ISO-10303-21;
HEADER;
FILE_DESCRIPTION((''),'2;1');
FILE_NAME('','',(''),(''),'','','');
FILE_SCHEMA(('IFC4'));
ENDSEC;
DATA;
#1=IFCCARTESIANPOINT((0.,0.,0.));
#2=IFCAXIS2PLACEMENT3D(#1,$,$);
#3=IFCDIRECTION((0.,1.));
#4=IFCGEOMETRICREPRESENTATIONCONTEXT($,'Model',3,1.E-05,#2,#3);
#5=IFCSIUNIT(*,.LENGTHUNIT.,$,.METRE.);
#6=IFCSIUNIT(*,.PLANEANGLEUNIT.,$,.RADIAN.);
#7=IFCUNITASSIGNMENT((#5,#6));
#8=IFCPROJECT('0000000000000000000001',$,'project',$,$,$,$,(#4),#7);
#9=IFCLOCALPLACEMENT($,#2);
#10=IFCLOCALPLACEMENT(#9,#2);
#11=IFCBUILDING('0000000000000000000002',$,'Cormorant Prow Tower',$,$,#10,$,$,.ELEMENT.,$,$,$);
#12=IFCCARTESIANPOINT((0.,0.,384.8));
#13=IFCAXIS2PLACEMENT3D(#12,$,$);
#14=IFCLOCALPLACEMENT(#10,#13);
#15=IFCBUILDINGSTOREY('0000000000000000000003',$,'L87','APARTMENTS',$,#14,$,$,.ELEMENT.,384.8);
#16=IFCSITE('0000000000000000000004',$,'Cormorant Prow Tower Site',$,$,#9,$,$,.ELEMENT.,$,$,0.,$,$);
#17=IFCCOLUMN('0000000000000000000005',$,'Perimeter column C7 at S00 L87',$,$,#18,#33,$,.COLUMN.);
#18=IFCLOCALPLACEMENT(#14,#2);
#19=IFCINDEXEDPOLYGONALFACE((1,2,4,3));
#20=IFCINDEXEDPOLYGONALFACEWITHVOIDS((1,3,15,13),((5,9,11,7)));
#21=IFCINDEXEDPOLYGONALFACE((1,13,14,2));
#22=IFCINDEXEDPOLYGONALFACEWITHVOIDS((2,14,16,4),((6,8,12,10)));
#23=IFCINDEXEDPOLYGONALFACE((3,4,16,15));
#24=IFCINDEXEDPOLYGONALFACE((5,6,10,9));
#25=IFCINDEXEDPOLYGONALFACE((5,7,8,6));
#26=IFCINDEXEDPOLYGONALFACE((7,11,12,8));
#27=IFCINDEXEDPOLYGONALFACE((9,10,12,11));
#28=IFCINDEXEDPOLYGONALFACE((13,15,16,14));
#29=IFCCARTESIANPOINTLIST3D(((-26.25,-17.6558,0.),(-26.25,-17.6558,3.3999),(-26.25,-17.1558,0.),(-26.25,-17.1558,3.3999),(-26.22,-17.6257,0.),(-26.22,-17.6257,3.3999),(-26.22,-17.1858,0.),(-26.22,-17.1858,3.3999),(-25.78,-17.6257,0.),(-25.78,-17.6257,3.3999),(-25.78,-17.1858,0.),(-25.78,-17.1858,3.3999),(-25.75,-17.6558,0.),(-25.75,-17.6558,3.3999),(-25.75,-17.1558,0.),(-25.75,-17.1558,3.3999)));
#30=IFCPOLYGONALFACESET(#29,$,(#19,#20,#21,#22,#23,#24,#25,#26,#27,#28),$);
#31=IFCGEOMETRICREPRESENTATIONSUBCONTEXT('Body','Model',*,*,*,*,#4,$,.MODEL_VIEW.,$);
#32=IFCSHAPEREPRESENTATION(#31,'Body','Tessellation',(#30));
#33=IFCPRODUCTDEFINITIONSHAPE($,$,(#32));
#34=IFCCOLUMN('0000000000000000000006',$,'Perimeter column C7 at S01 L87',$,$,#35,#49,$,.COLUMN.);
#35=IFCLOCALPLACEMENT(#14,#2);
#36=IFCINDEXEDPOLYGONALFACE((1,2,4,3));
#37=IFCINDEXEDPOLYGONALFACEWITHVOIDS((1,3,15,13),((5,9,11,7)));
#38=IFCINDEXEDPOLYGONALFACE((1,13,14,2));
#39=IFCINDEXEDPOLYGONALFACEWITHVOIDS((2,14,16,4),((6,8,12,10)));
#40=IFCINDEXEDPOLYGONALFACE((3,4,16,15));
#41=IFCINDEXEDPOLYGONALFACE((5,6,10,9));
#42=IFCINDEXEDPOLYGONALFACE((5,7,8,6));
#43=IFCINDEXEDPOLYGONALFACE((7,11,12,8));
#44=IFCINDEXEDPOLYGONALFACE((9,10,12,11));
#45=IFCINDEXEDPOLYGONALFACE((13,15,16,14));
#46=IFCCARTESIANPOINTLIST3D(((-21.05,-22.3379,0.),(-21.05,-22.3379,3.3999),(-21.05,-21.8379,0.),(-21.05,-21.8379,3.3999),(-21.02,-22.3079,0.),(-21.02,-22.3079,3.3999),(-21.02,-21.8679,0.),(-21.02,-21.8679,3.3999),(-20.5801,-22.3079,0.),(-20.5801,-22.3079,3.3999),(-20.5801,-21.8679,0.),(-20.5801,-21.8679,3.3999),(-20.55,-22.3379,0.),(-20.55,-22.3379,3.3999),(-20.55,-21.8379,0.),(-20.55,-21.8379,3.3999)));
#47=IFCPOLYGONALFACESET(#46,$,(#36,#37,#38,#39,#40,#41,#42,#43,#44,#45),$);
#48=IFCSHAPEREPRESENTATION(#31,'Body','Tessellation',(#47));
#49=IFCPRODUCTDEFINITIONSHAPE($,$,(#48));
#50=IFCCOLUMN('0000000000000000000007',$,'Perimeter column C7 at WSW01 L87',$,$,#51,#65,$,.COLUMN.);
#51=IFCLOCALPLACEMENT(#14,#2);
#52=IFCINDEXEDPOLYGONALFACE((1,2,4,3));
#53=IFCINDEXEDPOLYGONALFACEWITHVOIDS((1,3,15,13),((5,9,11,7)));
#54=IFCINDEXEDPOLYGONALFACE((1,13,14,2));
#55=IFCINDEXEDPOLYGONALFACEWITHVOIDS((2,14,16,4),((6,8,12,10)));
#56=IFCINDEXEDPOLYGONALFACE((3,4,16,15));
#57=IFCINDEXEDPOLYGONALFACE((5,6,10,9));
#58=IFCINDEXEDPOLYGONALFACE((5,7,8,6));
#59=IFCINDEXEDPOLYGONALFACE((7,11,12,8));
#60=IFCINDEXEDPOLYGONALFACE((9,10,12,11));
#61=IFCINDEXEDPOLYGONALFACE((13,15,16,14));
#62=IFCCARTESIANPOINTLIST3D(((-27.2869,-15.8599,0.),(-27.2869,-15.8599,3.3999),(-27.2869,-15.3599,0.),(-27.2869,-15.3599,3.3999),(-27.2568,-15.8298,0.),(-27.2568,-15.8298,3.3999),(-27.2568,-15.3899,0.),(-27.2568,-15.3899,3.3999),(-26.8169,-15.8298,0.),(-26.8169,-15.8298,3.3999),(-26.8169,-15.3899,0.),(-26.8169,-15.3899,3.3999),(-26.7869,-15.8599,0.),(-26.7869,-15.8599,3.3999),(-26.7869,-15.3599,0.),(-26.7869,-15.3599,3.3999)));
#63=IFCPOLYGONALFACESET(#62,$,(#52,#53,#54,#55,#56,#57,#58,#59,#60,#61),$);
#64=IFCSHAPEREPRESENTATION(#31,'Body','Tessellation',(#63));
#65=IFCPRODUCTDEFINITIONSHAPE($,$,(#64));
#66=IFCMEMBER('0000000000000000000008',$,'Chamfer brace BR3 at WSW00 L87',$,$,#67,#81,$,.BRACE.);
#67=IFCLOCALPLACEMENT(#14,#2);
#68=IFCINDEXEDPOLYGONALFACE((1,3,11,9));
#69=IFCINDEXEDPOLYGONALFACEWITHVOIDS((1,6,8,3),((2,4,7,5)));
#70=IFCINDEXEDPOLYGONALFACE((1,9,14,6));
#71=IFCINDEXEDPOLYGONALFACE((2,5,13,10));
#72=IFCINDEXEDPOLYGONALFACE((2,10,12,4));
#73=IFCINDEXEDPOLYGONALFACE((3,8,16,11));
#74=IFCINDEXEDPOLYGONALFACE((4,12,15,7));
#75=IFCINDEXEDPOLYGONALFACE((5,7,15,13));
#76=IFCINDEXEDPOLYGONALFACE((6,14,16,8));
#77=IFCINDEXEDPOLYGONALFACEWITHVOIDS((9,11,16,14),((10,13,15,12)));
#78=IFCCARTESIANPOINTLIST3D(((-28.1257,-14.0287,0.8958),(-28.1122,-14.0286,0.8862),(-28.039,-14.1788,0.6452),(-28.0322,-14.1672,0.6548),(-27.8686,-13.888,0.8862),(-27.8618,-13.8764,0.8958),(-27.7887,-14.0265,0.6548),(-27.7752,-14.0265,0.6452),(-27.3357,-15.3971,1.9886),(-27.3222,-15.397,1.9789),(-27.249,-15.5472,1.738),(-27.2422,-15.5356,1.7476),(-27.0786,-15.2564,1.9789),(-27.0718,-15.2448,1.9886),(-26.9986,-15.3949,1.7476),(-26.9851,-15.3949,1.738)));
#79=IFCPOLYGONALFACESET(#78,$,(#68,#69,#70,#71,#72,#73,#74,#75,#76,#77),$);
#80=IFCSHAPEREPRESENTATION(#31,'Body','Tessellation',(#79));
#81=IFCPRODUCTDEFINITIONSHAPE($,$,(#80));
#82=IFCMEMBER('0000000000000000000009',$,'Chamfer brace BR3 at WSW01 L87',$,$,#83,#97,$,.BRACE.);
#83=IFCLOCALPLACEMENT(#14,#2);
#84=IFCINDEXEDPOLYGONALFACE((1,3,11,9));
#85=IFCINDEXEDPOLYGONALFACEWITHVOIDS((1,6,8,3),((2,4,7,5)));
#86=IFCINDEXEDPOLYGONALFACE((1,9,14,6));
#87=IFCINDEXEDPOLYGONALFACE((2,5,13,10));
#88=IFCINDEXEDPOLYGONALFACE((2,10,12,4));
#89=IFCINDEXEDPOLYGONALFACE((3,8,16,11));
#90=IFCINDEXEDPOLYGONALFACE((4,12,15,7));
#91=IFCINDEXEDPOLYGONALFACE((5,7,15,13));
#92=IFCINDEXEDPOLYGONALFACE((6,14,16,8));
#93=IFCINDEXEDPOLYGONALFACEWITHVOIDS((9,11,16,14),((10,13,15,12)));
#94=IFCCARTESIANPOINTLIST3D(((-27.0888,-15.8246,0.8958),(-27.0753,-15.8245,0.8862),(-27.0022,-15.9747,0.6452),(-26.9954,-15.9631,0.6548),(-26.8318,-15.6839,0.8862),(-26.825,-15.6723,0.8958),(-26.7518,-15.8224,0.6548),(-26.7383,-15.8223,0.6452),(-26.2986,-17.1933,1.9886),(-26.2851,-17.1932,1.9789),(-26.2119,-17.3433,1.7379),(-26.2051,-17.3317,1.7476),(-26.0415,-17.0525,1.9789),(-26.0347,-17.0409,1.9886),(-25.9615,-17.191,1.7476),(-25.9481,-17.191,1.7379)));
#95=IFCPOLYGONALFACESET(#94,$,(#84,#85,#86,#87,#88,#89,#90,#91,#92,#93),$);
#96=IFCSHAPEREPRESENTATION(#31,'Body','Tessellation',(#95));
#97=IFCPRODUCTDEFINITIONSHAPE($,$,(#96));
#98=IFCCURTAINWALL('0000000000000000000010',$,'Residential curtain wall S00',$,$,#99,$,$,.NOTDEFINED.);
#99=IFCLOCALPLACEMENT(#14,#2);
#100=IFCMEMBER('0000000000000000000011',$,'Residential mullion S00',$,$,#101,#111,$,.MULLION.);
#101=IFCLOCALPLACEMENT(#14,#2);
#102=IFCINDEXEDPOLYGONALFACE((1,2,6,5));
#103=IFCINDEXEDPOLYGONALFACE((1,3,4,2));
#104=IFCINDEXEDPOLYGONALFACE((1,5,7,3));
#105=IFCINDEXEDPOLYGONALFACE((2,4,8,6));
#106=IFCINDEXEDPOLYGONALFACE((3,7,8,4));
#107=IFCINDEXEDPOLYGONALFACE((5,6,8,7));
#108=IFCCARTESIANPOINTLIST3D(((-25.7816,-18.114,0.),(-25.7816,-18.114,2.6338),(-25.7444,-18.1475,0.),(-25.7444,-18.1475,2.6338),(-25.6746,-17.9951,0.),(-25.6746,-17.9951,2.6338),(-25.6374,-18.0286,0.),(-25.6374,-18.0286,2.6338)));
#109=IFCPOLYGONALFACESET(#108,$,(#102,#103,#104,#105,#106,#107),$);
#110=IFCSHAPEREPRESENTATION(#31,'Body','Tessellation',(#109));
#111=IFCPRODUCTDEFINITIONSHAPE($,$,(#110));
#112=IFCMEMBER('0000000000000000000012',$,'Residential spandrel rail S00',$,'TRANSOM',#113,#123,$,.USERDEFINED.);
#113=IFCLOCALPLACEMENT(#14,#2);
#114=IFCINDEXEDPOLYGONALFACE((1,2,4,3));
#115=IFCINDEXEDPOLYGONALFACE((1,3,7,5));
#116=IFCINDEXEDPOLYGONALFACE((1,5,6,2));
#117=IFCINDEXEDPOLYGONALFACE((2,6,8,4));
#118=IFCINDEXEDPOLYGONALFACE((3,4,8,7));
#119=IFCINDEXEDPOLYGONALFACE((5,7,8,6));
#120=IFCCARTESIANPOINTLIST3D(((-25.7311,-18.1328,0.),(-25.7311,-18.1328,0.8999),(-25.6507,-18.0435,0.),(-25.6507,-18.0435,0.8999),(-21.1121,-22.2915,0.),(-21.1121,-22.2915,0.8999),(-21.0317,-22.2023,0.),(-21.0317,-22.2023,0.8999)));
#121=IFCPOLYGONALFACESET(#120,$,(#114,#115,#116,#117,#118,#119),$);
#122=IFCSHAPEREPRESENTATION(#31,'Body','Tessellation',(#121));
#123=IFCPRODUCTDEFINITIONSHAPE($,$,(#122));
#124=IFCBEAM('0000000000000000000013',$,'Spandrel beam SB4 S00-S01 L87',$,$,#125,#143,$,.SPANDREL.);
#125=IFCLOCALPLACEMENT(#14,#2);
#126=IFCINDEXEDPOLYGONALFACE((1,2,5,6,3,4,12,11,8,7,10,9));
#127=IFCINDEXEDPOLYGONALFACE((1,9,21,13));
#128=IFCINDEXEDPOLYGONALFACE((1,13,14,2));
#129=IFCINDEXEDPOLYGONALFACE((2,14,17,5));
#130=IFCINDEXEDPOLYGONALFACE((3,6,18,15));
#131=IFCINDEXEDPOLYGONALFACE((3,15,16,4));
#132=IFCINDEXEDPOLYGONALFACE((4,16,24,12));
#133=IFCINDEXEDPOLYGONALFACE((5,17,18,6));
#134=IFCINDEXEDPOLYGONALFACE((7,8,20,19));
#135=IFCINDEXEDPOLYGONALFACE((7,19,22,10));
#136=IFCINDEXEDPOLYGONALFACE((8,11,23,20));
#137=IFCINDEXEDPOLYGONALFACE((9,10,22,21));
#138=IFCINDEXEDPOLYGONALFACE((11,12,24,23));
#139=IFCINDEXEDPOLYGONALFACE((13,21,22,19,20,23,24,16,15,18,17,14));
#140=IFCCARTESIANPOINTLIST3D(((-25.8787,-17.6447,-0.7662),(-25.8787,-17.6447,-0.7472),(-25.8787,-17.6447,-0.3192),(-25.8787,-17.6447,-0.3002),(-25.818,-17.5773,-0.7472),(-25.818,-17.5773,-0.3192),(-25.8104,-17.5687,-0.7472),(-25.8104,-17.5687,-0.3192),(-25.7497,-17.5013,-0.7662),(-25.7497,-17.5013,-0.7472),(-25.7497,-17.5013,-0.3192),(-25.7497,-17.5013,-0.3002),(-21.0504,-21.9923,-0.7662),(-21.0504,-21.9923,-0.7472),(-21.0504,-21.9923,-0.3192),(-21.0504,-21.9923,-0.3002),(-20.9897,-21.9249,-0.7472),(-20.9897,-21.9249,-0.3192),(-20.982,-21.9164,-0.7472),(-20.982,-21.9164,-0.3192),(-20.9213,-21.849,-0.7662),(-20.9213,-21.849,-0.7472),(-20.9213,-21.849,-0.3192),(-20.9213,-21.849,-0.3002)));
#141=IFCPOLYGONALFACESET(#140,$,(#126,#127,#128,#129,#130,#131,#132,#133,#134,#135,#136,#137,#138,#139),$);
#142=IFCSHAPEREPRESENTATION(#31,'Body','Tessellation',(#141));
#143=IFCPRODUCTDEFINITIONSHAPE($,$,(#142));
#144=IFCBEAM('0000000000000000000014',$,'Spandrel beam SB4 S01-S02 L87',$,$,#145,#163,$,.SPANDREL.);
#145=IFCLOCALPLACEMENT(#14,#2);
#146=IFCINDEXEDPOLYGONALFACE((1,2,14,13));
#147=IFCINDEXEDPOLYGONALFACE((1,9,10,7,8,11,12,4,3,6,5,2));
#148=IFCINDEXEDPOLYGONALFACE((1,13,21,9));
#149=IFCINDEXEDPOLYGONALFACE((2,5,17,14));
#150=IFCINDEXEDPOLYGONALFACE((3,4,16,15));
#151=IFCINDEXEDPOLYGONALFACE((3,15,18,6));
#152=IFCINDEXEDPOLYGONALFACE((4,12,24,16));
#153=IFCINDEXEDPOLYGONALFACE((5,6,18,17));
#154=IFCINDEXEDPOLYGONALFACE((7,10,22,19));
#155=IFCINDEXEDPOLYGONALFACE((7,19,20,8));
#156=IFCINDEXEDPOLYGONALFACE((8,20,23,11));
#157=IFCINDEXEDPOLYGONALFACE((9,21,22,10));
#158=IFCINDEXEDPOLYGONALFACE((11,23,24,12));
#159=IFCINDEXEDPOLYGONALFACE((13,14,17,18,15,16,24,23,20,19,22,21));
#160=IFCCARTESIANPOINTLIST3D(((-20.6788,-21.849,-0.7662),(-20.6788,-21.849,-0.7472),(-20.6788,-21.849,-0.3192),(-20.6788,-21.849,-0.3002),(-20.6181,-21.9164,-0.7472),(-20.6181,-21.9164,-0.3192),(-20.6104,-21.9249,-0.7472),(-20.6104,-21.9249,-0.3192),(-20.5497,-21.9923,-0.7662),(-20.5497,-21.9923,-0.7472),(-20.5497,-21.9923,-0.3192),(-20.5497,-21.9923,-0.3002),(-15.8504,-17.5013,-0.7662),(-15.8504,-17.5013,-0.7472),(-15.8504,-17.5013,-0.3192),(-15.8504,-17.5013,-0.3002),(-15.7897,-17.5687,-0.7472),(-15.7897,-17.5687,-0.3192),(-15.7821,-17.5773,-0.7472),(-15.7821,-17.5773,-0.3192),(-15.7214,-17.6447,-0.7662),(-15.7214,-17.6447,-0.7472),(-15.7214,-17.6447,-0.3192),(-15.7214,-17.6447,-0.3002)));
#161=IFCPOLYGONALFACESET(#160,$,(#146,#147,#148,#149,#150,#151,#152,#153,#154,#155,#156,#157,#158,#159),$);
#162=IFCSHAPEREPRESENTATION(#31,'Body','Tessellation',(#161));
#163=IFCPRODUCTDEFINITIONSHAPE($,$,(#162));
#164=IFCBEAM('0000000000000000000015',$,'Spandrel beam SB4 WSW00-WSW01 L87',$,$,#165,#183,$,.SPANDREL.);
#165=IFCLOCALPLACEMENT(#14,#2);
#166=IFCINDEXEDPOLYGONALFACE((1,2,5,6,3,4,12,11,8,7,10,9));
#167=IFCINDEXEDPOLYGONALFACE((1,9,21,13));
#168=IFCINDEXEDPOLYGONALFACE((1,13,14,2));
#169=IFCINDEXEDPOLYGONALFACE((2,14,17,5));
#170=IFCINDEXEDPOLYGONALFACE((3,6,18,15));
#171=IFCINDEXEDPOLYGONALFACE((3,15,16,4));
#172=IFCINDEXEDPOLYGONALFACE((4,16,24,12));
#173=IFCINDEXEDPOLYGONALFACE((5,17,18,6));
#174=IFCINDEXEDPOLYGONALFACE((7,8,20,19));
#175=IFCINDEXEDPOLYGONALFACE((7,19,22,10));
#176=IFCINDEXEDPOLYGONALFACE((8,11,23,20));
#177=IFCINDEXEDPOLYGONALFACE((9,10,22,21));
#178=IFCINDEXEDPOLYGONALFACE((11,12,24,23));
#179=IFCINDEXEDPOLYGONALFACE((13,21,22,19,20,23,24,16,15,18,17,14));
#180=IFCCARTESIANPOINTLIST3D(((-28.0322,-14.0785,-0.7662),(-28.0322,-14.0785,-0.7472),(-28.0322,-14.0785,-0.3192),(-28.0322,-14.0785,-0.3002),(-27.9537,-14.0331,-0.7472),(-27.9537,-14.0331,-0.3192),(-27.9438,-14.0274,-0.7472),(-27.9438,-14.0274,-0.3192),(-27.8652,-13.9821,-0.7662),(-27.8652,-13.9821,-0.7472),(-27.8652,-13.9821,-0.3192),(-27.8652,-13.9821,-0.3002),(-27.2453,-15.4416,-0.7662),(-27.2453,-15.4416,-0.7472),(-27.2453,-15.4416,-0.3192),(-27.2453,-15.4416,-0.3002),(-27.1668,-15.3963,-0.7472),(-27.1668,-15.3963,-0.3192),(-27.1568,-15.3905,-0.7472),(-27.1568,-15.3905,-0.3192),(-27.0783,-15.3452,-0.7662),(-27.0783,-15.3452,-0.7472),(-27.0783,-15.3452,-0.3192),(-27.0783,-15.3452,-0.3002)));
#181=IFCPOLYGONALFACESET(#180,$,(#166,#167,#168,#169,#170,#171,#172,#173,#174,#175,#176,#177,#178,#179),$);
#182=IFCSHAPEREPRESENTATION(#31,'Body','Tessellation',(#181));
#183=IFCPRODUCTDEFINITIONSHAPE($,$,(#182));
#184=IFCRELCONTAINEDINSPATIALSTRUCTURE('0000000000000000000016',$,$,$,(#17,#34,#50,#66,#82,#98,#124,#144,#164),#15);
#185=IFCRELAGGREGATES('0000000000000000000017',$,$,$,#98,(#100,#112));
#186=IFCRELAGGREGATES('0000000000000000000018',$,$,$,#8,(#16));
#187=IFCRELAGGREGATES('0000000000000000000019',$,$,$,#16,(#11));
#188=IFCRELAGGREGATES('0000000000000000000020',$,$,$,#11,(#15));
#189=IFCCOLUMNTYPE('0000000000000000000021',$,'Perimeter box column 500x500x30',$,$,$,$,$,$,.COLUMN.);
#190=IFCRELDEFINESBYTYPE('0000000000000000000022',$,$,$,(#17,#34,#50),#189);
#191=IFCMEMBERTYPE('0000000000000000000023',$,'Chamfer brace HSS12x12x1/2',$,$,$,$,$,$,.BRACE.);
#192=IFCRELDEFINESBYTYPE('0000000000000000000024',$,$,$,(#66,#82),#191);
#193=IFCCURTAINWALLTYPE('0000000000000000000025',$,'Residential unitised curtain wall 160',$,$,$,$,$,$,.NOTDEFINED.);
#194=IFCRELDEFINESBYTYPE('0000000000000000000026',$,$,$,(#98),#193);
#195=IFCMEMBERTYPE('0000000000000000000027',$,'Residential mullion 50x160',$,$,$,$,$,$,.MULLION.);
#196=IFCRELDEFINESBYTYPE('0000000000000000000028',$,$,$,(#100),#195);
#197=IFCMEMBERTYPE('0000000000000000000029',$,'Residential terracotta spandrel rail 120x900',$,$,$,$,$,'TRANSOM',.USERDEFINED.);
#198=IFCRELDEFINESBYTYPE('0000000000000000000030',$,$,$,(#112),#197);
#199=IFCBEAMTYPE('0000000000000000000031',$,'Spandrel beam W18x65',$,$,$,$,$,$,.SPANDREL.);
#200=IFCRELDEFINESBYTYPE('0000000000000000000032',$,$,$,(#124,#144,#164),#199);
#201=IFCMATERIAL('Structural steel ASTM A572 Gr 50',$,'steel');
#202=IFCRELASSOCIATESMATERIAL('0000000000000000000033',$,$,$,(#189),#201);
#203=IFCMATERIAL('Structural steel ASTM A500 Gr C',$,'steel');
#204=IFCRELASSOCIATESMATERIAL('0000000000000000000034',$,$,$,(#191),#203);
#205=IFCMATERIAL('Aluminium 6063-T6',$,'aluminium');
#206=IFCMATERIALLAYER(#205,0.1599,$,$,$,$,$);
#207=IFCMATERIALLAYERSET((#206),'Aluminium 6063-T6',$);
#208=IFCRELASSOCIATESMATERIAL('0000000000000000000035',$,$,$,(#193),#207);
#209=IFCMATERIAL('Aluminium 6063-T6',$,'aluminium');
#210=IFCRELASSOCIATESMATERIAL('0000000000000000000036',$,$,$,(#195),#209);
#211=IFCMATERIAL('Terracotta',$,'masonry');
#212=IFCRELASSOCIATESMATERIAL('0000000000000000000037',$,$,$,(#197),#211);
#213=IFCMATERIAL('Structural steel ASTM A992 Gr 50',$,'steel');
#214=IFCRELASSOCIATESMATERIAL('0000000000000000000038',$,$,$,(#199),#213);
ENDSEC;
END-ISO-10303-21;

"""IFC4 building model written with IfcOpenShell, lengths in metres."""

from ifc_helpers import new_model, si_unit, direction, frame, origin, origin_2d, place, context, subcontext, project, spatial, rectangle, hollow_rectangle, i_section, extrude, material, layer, layer_set, material_profile, profile_set, type_object, element, aggregate, save


model = new_model("IFC4")

# Units and contexts
model_context = context("Model", 3, precision=1e-05, world=origin(), true_north=direction((0.0, 1.0)))
body_context = subcontext(model_context, "Body", "Model", "MODEL_VIEW")
ifc_project = project(units=[si_unit("LENGTHUNIT", "METRE"), si_unit("PLANEANGLEUNIT", "RADIAN")], contexts=[model_context])

# Site, building, storey
site_placement = place(None, origin())
site = spatial("IfcSite", under=ifc_project, at=site_placement, Name="Cormorant Prow Tower Site", CompositionType="ELEMENT", RefElevation=0.0)
building_placement = place(site_placement, origin())
building = spatial("IfcBuilding", under=site, at=building_placement, Name="Cormorant Prow Tower", CompositionType="ELEMENT")
storey_placement = place(building_placement, frame((0.0, 0.0, 384.8)))
storey = spatial("IfcBuildingStorey", under=building, at=storey_placement, Name="L87", Description="APARTMENTS", CompositionType="ELEMENT", Elevation=384.8)

# Columns
ifc_material_1 = material(Name="Structural steel ASTM A572 Gr 50", Category="steel")
ifc_material_profile_1 = material_profile(ifc_material_1, hollow_rectangle(XDim=0.5, YDim=0.5, WallThickness=0.03, at=origin_2d()), Name="Box 500x500x30")
ifc_profile_set_1 = profile_set([ifc_material_profile_1], Name="Structural steel ASTM A572 Gr 50")
column_type = type_object("IfcColumnType", Name="Perimeter box column 500x500x30", PredefinedType="COLUMN", material=ifc_profile_set_1)
for number, where, z_axis, x_axis, name in (
    (1, (-26.0, -17.4058, 0.0), (0.0, 0.0, 1.0), (1.0, 0.0, 0.0), "Perimeter column C7 at S00 L87"),
    (2, (-20.8, -22.0879, 0.0), (0.0, 0.0, 1.0), (1.0, 0.0, 0.0), "Perimeter column C7 at S01 L87"),
    (3, (-27.0369, -15.6099, 0.0), (0.0, 0.0, 1.0), (1.0, 0.0, 0.0), "Perimeter column C7 at WSW01 L87"),
):
    element("IfcColumn", number, at=place(storey_placement, frame(where, z_axis=z_axis, x_axis=x_axis)), inside=storey, type_object=column_type, Name=name, PredefinedType="COLUMN", context=body_context, shape_type="SweptSolid", body=[
        extrude(hollow_rectangle(XDim=0.5, YDim=0.5, WallThickness=0.03, at=origin_2d()), origin(), (0.0, 0.0, 1.0), 3.3999),
    ])

# Members
ifc_material_2 = material(Name="Structural steel ASTM A500 Gr C", Category="steel")
ifc_material_profile_2 = material_profile(ifc_material_2, hollow_rectangle(XDim=0.3047, YDim=0.3047, WallThickness=0.0117, at=origin_2d()), Name="HSS12x12x1/2")
ifc_profile_set_2 = profile_set([ifc_material_profile_2], Name="Structural steel ASTM A500 Gr C")
member_type_1 = type_object("IfcMemberType", Name="Chamfer brace HSS12x12x1/2", PredefinedType="BRACE", material=ifc_profile_set_2)
member_1_placement = place(storey_placement, frame((-27.9504, -14.0276, 0.7705), z_axis=(0.41123, -0.712282, 0.568809), x_axis=(0.866029, 0.499994, 0.0)))
element("IfcMember", 4, at=member_1_placement, inside=storey, type_object=member_type_1, Name="Chamfer brace BR3 at WSW00 L87", PredefinedType="BRACE", context=body_context, shape_type="SweptSolid", body=[
    extrude(hollow_rectangle(XDim=0.3047, YDim=0.3047, WallThickness=0.0117, at=origin_2d()), origin(), (0.0, 0.0, 1.0), 1.9211),
])
member_2_placement = place(storey_placement, frame((-26.9136, -15.8235, 0.7705), z_axis=(0.411299, -0.712308, 0.568728), x_axis=(0.866, 0.500043, 0.0)))
element("IfcMember", 5, at=member_2_placement, inside=storey, type_object=member_type_1, Name="Chamfer brace BR3 at WSW01 L87", PredefinedType="BRACE", context=body_context, shape_type="SweptSolid", body=[
    extrude(hollow_rectangle(XDim=0.3047, YDim=0.3047, WallThickness=0.0117, at=origin_2d()), origin(), (0.0, 0.0, 1.0), 1.9214),
])

# Curtain wall, members
ifc_material_3 = material(Name="Aluminium 6063-T6", Category="aluminium")
ifc_layer_1 = layer(ifc_material_3, 0.1599)
ifc_layer_set_1 = layer_set([ifc_layer_1], Name="Aluminium 6063-T6")
curtain_wall_type = type_object("IfcCurtainWallType", Name="Residential unitised curtain wall 160", PredefinedType="NOTDEFINED", material=ifc_layer_set_1)
curtain_wall_placement = place(storey_placement, origin())
curtain_wall = element("IfcCurtainWall", 6, at=curtain_wall_placement, inside=storey, type_object=curtain_wall_type, Name="Residential curtain wall S00", PredefinedType="NOTDEFINED")
ifc_material_4 = material(Name="Aluminium 6063-T6", Category="aluminium")
ifc_material_profile_3 = material_profile(ifc_material_4, rectangle(XDim=0.1599, YDim=0.05, at=origin_2d()), Name="Residential mullion 50x160")
ifc_profile_set_3 = profile_set([ifc_material_profile_3], Name="Aluminium 6063-T6")
member_type_2 = type_object("IfcMemberType", Name="Residential mullion 50x160", PredefinedType="MULLION", material=ifc_profile_set_3)
member_3_placement = place(storey_placement, frame((-25.7095, -18.0713, 0.0), z_axis=(0.0, 0.0, 1.0), x_axis=(0.669131, 0.743145, 0.0)))
member_3 = element("IfcMember", 7, at=member_3_placement, type_object=member_type_2, Name="Residential mullion S00", PredefinedType="MULLION", context=body_context, shape_type="SweptSolid", body=[
    extrude(rectangle(XDim=0.1599, YDim=0.05, at=origin_2d()), origin(), (0.0, 0.0, 1.0), 2.6338),
])
ifc_material_5 = material(Name="Terracotta", Category="masonry")
ifc_material_profile_4 = material_profile(ifc_material_5, rectangle(XDim=0.1201, YDim=0.8999, at=origin_2d()), Name="Residential terracotta spandrel rail 120x900")
ifc_profile_set_4 = profile_set([ifc_material_profile_4], Name="Terracotta")
member_type_3 = type_object("IfcMemberType", Name="Residential terracotta spandrel rail 120x900", ElementType="TRANSOM", PredefinedType="USERDEFINED", material=ifc_profile_set_4)
member_4_placement = place(storey_placement, frame((-25.6909, -18.0881, 0.45), z_axis=(0.743159, -0.669114, 0.0), x_axis=(0.669114, 0.743159, 0.0)))
member_4 = element("IfcMember", 8, at=member_4_placement, type_object=member_type_3, Name="Residential spandrel rail S00", ObjectType="TRANSOM", PredefinedType="USERDEFINED", context=body_context, shape_type="SweptSolid", body=[
    extrude(rectangle(XDim=0.1201, YDim=0.8999, at=origin_2d()), origin(), (0.0, 0.0, 1.0), 6.2153),
])

# Beams
ifc_material_6 = material(Name="Structural steel ASTM A992 Gr 50", Category="steel")
ifc_material_profile_5 = material_profile(ifc_material_6, i_section(OverallWidth=0.1929, OverallDepth=0.4661, WebThickness=0.0115, FlangeThickness=0.019, at=origin_2d()), Name="W18x65")
ifc_profile_set_5 = profile_set([ifc_material_profile_5], Name="Structural steel ASTM A992 Gr 50")
beam_type = type_object("IfcBeamType", Name="Spandrel beam W18x65", PredefinedType="SPANDREL", material=ifc_profile_set_5)
for number, where, z_axis, x_axis, name in (
    (9, (-25.8142, -17.573, -0.5332), (0.743132, -0.669145, 0.0), (0.669145, 0.743132, 0.0), "Spandrel beam SB4 S00-S01 L87"),
    (10, (-20.6143, -21.9207, -0.5332), (0.743132, 0.669145, 0.0), (-0.669145, 0.743132, 0.0), "Spandrel beam SB4 S01-S02 L87"),
):
    element("IfcBeam", number, at=place(storey_placement, frame(where, z_axis=z_axis, x_axis=x_axis)), inside=storey, type_object=beam_type, Name=name, PredefinedType="SPANDREL", context=body_context, shape_type="SweptSolid", body=[
        extrude(i_section(OverallWidth=0.1929, OverallDepth=0.4661, WebThickness=0.0115, FlangeThickness=0.019, at=origin_2d()), origin(), (0.0, 0.0, 1.0), 6.4973),
    ])
for number, where, z_axis, x_axis, name in (
    (11, (-27.9487, -14.0303, -0.5332), (0.49996, -0.866049, 0.0), (0.866049, 0.49996, 0.0), "Spandrel beam SB4 WSW00-WSW01 L87"),
):
    element("IfcBeam", number, at=place(storey_placement, frame(where, z_axis=z_axis, x_axis=x_axis)), inside=storey, type_object=beam_type, Name=name, PredefinedType="SPANDREL", context=body_context, shape_type="SweptSolid", body=[
        extrude(i_section(OverallWidth=0.1929, OverallDepth=0.4661, WebThickness=0.0115, FlangeThickness=0.019, at=origin_2d()), origin(), (0.0, 0.0, 1.0), 1.574),
    ])

aggregate(curtain_wall, [member_3, member_4])

save(model, "model.ifc")
